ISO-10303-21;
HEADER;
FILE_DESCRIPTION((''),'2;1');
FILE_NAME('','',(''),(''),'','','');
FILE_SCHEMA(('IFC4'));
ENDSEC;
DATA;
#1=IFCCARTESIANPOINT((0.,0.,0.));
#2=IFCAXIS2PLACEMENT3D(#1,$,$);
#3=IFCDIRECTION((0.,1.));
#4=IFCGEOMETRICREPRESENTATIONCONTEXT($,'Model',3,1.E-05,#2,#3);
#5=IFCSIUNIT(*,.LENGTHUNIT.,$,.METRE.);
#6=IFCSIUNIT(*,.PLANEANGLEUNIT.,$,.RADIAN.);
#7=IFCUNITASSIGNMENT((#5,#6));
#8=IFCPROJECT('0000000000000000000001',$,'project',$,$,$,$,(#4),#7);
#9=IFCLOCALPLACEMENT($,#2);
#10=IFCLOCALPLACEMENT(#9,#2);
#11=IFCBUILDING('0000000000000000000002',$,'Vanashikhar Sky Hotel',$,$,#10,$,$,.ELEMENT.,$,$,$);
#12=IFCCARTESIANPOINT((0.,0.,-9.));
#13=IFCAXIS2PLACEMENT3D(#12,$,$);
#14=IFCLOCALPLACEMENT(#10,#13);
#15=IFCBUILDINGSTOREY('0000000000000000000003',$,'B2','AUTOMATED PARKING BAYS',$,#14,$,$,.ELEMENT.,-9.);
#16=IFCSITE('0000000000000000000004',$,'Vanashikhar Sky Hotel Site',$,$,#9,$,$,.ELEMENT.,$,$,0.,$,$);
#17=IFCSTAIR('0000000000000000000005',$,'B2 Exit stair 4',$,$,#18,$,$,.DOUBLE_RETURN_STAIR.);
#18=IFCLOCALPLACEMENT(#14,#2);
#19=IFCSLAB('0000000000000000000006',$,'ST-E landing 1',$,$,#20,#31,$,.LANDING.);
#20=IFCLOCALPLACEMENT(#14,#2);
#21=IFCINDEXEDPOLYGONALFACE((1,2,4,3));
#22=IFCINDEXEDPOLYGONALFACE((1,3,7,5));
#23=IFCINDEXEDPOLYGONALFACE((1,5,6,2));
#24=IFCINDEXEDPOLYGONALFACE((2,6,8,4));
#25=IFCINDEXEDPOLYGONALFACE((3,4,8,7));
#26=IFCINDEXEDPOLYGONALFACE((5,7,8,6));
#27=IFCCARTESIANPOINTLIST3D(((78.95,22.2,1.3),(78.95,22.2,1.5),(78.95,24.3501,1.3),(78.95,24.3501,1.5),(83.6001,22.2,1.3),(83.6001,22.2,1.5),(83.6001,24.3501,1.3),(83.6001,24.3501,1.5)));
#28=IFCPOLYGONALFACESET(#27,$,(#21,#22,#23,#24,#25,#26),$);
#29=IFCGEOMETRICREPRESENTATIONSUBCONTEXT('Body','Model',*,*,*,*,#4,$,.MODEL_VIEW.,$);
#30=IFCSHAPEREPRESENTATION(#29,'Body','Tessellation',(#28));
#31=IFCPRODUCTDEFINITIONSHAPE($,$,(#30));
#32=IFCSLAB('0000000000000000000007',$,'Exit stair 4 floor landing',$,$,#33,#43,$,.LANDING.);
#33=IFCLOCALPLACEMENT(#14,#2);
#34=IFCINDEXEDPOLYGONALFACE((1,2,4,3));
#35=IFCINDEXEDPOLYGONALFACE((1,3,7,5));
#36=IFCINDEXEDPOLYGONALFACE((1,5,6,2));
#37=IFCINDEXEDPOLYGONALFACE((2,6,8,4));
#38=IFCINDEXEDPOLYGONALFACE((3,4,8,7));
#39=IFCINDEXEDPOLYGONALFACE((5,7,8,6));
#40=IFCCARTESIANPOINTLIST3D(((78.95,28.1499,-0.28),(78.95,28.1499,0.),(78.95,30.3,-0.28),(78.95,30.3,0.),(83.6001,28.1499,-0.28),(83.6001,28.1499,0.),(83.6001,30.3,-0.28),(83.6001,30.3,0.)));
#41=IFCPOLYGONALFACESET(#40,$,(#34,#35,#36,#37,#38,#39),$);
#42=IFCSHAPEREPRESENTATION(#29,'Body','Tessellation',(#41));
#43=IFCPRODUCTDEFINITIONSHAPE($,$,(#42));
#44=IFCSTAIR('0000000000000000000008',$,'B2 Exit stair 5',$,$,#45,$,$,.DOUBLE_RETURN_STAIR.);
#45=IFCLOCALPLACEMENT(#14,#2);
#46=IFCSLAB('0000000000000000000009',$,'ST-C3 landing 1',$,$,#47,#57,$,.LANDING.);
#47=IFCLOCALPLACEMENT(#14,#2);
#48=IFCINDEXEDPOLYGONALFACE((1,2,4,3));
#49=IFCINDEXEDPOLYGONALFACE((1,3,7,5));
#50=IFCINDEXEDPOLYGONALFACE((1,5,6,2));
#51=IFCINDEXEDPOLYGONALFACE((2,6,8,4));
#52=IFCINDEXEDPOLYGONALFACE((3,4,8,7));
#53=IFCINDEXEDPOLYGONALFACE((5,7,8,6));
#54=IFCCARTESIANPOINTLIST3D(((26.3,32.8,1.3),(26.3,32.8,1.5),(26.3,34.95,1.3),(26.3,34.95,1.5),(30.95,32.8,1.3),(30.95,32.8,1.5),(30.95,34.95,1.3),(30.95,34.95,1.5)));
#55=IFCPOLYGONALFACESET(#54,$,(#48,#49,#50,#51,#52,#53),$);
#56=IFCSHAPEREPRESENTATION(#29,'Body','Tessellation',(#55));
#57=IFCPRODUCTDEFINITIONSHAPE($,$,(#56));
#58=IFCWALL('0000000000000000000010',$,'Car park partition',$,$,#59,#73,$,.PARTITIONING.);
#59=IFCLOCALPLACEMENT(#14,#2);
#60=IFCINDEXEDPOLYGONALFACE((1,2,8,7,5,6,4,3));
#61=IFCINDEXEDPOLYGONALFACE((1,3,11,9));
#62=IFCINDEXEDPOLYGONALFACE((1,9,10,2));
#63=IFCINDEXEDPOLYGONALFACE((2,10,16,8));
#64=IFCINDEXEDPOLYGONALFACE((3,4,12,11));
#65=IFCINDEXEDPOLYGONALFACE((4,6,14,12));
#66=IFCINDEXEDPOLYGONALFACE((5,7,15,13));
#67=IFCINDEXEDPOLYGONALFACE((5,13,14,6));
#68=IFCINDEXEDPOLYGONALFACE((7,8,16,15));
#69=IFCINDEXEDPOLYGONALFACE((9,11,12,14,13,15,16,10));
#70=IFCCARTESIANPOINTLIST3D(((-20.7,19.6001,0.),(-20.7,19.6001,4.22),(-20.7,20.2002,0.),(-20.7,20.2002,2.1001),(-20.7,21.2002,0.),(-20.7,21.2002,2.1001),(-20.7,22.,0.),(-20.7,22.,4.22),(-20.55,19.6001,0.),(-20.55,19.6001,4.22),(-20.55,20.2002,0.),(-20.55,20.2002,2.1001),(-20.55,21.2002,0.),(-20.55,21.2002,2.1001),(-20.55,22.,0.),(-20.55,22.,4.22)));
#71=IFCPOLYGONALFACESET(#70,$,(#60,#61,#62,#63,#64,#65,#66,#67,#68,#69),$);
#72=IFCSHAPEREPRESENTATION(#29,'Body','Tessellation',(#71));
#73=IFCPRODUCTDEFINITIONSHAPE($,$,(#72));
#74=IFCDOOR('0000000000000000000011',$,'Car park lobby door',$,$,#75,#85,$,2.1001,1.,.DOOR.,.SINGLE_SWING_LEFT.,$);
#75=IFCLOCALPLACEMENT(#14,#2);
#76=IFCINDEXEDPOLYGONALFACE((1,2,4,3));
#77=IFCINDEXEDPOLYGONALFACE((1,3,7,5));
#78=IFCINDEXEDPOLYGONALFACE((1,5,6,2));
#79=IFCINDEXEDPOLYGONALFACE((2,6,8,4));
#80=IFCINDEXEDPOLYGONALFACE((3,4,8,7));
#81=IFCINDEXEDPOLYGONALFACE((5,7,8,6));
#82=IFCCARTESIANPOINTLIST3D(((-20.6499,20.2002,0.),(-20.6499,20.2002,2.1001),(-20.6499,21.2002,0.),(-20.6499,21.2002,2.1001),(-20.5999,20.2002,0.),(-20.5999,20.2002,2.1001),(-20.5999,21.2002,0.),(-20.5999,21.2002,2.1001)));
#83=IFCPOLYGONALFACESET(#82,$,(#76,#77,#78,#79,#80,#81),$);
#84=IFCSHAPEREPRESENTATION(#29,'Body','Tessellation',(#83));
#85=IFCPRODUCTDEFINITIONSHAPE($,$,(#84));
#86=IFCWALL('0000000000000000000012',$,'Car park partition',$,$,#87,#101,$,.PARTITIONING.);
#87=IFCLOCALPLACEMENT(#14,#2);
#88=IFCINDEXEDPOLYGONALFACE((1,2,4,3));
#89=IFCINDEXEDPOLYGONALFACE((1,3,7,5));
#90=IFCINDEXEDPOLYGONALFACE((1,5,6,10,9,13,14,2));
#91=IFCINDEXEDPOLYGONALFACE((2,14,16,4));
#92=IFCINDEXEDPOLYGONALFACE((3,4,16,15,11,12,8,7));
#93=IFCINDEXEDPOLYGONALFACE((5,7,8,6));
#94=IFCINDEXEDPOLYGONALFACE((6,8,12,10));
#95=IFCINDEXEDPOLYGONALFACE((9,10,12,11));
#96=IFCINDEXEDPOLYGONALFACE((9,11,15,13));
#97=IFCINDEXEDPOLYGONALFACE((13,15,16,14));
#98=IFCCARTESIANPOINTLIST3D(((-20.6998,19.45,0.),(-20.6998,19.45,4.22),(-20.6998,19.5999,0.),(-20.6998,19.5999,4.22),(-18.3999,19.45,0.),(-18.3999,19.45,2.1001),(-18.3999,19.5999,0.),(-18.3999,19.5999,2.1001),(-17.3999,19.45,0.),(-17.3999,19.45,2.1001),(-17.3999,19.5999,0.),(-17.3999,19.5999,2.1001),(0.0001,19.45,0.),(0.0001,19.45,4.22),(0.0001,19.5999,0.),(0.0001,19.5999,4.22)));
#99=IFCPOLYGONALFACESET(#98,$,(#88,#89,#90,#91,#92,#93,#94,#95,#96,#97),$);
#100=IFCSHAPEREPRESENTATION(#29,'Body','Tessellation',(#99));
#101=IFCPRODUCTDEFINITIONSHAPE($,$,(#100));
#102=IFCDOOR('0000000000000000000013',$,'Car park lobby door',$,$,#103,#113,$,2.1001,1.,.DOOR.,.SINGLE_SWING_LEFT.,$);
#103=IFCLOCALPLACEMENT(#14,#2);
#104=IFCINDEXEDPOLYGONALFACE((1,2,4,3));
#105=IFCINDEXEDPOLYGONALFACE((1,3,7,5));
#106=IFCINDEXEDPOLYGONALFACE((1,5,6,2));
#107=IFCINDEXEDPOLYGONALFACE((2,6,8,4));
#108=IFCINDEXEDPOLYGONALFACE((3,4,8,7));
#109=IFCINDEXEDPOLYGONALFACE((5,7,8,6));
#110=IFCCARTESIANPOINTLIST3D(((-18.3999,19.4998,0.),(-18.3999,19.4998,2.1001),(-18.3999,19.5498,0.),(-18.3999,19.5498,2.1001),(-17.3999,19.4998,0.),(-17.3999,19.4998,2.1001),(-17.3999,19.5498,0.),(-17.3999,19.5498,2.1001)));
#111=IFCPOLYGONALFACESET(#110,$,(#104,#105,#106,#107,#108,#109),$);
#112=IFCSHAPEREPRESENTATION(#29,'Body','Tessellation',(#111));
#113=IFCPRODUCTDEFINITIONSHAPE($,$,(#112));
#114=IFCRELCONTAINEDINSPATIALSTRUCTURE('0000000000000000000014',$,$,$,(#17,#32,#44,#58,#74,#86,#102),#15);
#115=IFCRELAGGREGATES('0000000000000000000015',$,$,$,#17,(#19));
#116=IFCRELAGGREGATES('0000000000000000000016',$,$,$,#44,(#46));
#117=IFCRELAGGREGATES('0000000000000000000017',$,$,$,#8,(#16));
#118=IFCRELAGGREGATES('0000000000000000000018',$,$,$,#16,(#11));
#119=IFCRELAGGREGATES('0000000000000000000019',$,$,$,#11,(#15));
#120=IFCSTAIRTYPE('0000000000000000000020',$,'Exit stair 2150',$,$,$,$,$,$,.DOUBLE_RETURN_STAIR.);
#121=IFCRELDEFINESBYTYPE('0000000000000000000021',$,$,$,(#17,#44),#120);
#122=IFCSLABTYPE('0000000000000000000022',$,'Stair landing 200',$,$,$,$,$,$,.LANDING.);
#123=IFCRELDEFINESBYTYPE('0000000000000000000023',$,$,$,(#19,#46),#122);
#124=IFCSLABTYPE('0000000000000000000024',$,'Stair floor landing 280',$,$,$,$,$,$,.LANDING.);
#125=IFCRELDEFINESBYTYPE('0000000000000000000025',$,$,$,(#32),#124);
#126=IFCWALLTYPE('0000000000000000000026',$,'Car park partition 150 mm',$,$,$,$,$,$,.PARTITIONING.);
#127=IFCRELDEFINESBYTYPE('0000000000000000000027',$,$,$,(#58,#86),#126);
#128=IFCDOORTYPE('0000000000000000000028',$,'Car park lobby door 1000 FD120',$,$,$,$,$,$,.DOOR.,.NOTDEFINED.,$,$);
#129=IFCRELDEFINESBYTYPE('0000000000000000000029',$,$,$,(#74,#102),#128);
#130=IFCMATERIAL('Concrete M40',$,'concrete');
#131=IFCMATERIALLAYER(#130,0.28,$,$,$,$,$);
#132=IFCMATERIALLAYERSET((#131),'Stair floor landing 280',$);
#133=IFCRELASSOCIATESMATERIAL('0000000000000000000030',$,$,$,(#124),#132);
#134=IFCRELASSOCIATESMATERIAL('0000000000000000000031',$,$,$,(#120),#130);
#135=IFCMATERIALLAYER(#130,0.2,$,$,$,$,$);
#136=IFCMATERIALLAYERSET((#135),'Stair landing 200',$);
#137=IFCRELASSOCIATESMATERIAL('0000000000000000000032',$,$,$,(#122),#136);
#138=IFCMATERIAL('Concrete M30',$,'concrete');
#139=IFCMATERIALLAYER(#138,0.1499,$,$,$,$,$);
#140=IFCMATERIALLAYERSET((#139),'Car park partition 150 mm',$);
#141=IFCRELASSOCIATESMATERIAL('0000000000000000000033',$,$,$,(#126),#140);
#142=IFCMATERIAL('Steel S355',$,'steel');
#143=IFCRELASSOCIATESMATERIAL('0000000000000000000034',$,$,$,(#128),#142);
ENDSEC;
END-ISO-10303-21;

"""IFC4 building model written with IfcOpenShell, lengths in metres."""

from ifc_helpers import new_model, si_unit, direction, frame, frame_2d, origin, place, context, subcontext, project, spatial, polyline, rectangle, outline, extrude, source, transform, mapped, material, layer, layer_set, type_object, element, fill, aggregate, save


model = new_model("IFC4")

# Units and contexts
model_context = context("Model", 3, precision=1e-05, world=origin(), true_north=direction((0.0, 1.0)))
body_context = subcontext(model_context, "Body", "Model", "MODEL_VIEW")
ifc_project = project(units=[si_unit("LENGTHUNIT", "METRE"), si_unit("PLANEANGLEUNIT", "RADIAN")], contexts=[model_context])

# Site, building, storey
site_placement = place(None, origin())
site = spatial("IfcSite", under=ifc_project, at=site_placement, Name="Vanashikhar Sky Hotel Site", CompositionType="ELEMENT", RefElevation=0.0)
building_placement = place(site_placement, origin())
building = spatial("IfcBuilding", under=site, at=building_placement, Name="Vanashikhar Sky Hotel", CompositionType="ELEMENT")
storey_placement = place(building_placement, frame((0.0, 0.0, -9.0)))
storey = spatial("IfcBuildingStorey", under=building, at=storey_placement, Name="B2", Description="AUTOMATED PARKING BAYS", CompositionType="ELEMENT", Elevation=-9.0)

# Shared definitions
ifc_material_1 = material(Name="Concrete M40", Category="concrete")
ifc_layer_1 = layer(ifc_material_1, 0.28)
ifc_layer_set_1 = layer_set([ifc_layer_1], Name="Stair floor landing 280")
slab_type_1 = type_object("IfcSlabType", Name="Stair floor landing 280", PredefinedType="LANDING", material=ifc_layer_set_1)

# Shared definitions
stair_type = type_object("IfcStairType", Name="Exit stair 2150", PredefinedType="DOUBLE_RETURN_STAIR", material=ifc_material_1)
ifc_layer_2 = layer(ifc_material_1, 0.2)
ifc_layer_set_2 = layer_set([ifc_layer_2], Name="Stair landing 200")
slab_type_2 = type_object("IfcSlabType", Name="Stair landing 200", PredefinedType="LANDING", material=ifc_layer_set_2)

# Stair, slab
stair_1_placement = place(storey_placement, origin())
stair_1 = element("IfcStair", 1, at=stair_1_placement, inside=storey, type_object=stair_type, Name="B2 Exit stair 4", PredefinedType="DOUBLE_RETURN_STAIR")
shared_shape_1 = source(origin(), body_context, "Body", "SweptSolid", [
    extrude(outline(polyline([(83.6001, 22.2), (83.6001, 24.3501), (78.95, 24.3501), (78.95, 22.2), (83.6001, 22.2)])), origin(), (0.0, 0.0, 1.0), 0.2),
])
slab_1_placement = place(storey_placement, frame((0.0, 0.0, 1.3)))
slab_1 = element("IfcSlab", 2, at=slab_1_placement, type_object=slab_type_2, Name="ST-E landing 1", PredefinedType="LANDING", context=body_context, shape_type="MappedRepresentation", body=[
    mapped(shared_shape_1, transform((0.0, 0.0, 0.0), scale=1.0)),
])
aggregate(stair_1, [slab_1])

# Slab
shared_shape_2 = source(origin(), body_context, "Body", "SweptSolid", [
    extrude(outline(polyline([(83.6001, 28.1499), (83.6001, 30.3), (78.95, 30.3), (78.95, 28.1499), (83.6001, 28.1499)])), origin(), (0.0, 0.0, 1.0), 0.28),
])
slab_2_placement = place(storey_placement, frame((0.0, 0.0, -0.28)))
element("IfcSlab", 3, at=slab_2_placement, inside=storey, type_object=slab_type_1, Name="Exit stair 4 floor landing", PredefinedType="LANDING", context=body_context, shape_type="MappedRepresentation", body=[
    mapped(shared_shape_2, transform((0.0, 0.0, 0.0), scale=1.0)),
])

# Stair, slab
stair_2_placement = place(storey_placement, origin())
stair_2 = element("IfcStair", 4, at=stair_2_placement, inside=storey, type_object=stair_type, Name="B2 Exit stair 5", PredefinedType="DOUBLE_RETURN_STAIR")
shared_shape_3 = source(origin(), body_context, "Body", "SweptSolid", [
    extrude(outline(polyline([(30.95, 32.8), (30.95, 34.95), (26.3, 34.95), (26.3, 32.8), (30.95, 32.8)])), origin(), (0.0, 0.0, 1.0), 0.2),
])
slab_3_placement = place(storey_placement, frame((0.0, 0.0, 1.3)))
slab_3 = element("IfcSlab", 5, at=slab_3_placement, type_object=slab_type_2, Name="ST-C3 landing 1", PredefinedType="LANDING", context=body_context, shape_type="MappedRepresentation", body=[
    mapped(shared_shape_3, transform((0.0, 0.0, 0.0), scale=1.0)),
])
aggregate(stair_2, [slab_3])

# Walls, openings, doors
ifc_material_2 = material(Name="Concrete M30", Category="concrete")
ifc_layer_3 = layer(ifc_material_2, 0.1499)
ifc_layer_set_3 = layer_set([ifc_layer_3], Name="Car park partition 150 mm")
wall_type = type_object("IfcWallType", Name="Car park partition 150 mm", PredefinedType="PARTITIONING", material=ifc_layer_set_3)
shared_shape_4 = source(origin(), body_context, "Body", "SweptSolid", [
    extrude(rectangle(XDim=2.3999, YDim=0.1499, at=frame_2d((1.2, 0.0))), origin(), (0.0, 0.0, 1.0), 4.22),
])
wall_1_placement = place(storey_placement, frame((-20.625, 19.6001, 0.0), z_axis=(0.0, 0.0, 1.0), x_axis=(0.0, 1.0, 0.0)))
wall_1 = element("IfcWall", 6, at=wall_1_placement, inside=storey, type_object=wall_type, Name="Car park partition", PredefinedType="PARTITIONING", context=body_context, shape_type="MappedRepresentation", body=[
    mapped(shared_shape_4, transform((0.0, 0.0, 0.0), scale=1.0)),
])
shared_shape_5 = source(origin(), body_context, "Body", "SweptSolid", [
    extrude(rectangle(XDim=1.0, YDim=2.1001, at=frame_2d((0.5, 1.05))), frame((0.0, 0.085, 0.0), z_axis=(0.0, -1.0, 0.0), x_axis=(1.0, 0.0, 0.0)), (0.0, 0.0, 1.0), 0.1699),
])
opening_1_placement = place(wall_1_placement, frame((0.6001, 0.0, 0.0)))
opening_1 = element("IfcOpeningElement", 7, at=opening_1_placement, cuts=wall_1, PredefinedType="OPENING", context=body_context, shape_type="MappedRepresentation", body=[
    mapped(shared_shape_5, transform((0.0, 0.0, 0.0), scale=1.0)),
])
ifc_material_3 = material(Name="Steel S355", Category="steel")
door_type = type_object("IfcDoorType", Name="Car park lobby door 1000 FD120", OperationType="NOTDEFINED", PredefinedType="DOOR", material=ifc_material_3)
shared_shape_6 = source(origin(), body_context, "Body", "SweptSolid", [
    extrude(rectangle(XDim=1.0, YDim=2.1001, at=frame_2d((0.5, 1.05))), frame((0.0, 0.0249, 0.0), z_axis=(0.0, -1.0, 0.0), x_axis=(1.0, 0.0, 0.0)), (0.0, 0.0, 1.0), 0.05),
])
door_1_placement = place(opening_1_placement, origin())
door_1 = element("IfcDoor", 8, at=door_1_placement, inside=storey, type_object=door_type, Name="Car park lobby door", OperationType="SINGLE_SWING_LEFT", OverallHeight=2.1001, OverallWidth=1.0, PredefinedType="DOOR", context=body_context, shape_type="MappedRepresentation", body=[
    mapped(shared_shape_6, transform((0.0, 0.0, 0.0), scale=1.0)),
])
fill(opening_1, door_1)
shared_shape_7 = source(origin(), body_context, "Body", "SweptSolid", [
    extrude(rectangle(XDim=20.7, YDim=0.1499, at=frame_2d((10.3501, 0.0))), origin(), (0.0, 0.0, 1.0), 4.22),
])
wall_2_placement = place(storey_placement, frame((-20.7, 19.5249, 0.0), z_axis=(0.0, 0.0, 1.0), x_axis=(1.0, 0.0, 0.0)))
wall_2 = element("IfcWall", 9, at=wall_2_placement, inside=storey, type_object=wall_type, Name="Car park partition", PredefinedType="PARTITIONING", context=body_context, shape_type="MappedRepresentation", body=[
    mapped(shared_shape_7, transform((0.0, 0.0, 0.0), scale=1.0)),
])
opening_2_placement = place(wall_2_placement, frame((2.3, 0.0, 0.0)))
opening_2 = element("IfcOpeningElement", 10, at=opening_2_placement, cuts=wall_2, PredefinedType="OPENING", context=body_context, shape_type="MappedRepresentation", body=[
    mapped(shared_shape_5, transform((0.0, 0.0, 0.0), scale=1.0)),
])
door_2_placement = place(opening_2_placement, origin())
door_2 = element("IfcDoor", 11, at=door_2_placement, inside=storey, type_object=door_type, Name="Car park lobby door", OperationType="SINGLE_SWING_LEFT", OverallHeight=2.1001, OverallWidth=1.0, PredefinedType="DOOR", context=body_context, shape_type="MappedRepresentation", body=[
    mapped(shared_shape_6, transform((0.0, 0.0, 0.0), scale=1.0)),
])
fill(opening_2, door_2)

save(model, "model.ifc")
